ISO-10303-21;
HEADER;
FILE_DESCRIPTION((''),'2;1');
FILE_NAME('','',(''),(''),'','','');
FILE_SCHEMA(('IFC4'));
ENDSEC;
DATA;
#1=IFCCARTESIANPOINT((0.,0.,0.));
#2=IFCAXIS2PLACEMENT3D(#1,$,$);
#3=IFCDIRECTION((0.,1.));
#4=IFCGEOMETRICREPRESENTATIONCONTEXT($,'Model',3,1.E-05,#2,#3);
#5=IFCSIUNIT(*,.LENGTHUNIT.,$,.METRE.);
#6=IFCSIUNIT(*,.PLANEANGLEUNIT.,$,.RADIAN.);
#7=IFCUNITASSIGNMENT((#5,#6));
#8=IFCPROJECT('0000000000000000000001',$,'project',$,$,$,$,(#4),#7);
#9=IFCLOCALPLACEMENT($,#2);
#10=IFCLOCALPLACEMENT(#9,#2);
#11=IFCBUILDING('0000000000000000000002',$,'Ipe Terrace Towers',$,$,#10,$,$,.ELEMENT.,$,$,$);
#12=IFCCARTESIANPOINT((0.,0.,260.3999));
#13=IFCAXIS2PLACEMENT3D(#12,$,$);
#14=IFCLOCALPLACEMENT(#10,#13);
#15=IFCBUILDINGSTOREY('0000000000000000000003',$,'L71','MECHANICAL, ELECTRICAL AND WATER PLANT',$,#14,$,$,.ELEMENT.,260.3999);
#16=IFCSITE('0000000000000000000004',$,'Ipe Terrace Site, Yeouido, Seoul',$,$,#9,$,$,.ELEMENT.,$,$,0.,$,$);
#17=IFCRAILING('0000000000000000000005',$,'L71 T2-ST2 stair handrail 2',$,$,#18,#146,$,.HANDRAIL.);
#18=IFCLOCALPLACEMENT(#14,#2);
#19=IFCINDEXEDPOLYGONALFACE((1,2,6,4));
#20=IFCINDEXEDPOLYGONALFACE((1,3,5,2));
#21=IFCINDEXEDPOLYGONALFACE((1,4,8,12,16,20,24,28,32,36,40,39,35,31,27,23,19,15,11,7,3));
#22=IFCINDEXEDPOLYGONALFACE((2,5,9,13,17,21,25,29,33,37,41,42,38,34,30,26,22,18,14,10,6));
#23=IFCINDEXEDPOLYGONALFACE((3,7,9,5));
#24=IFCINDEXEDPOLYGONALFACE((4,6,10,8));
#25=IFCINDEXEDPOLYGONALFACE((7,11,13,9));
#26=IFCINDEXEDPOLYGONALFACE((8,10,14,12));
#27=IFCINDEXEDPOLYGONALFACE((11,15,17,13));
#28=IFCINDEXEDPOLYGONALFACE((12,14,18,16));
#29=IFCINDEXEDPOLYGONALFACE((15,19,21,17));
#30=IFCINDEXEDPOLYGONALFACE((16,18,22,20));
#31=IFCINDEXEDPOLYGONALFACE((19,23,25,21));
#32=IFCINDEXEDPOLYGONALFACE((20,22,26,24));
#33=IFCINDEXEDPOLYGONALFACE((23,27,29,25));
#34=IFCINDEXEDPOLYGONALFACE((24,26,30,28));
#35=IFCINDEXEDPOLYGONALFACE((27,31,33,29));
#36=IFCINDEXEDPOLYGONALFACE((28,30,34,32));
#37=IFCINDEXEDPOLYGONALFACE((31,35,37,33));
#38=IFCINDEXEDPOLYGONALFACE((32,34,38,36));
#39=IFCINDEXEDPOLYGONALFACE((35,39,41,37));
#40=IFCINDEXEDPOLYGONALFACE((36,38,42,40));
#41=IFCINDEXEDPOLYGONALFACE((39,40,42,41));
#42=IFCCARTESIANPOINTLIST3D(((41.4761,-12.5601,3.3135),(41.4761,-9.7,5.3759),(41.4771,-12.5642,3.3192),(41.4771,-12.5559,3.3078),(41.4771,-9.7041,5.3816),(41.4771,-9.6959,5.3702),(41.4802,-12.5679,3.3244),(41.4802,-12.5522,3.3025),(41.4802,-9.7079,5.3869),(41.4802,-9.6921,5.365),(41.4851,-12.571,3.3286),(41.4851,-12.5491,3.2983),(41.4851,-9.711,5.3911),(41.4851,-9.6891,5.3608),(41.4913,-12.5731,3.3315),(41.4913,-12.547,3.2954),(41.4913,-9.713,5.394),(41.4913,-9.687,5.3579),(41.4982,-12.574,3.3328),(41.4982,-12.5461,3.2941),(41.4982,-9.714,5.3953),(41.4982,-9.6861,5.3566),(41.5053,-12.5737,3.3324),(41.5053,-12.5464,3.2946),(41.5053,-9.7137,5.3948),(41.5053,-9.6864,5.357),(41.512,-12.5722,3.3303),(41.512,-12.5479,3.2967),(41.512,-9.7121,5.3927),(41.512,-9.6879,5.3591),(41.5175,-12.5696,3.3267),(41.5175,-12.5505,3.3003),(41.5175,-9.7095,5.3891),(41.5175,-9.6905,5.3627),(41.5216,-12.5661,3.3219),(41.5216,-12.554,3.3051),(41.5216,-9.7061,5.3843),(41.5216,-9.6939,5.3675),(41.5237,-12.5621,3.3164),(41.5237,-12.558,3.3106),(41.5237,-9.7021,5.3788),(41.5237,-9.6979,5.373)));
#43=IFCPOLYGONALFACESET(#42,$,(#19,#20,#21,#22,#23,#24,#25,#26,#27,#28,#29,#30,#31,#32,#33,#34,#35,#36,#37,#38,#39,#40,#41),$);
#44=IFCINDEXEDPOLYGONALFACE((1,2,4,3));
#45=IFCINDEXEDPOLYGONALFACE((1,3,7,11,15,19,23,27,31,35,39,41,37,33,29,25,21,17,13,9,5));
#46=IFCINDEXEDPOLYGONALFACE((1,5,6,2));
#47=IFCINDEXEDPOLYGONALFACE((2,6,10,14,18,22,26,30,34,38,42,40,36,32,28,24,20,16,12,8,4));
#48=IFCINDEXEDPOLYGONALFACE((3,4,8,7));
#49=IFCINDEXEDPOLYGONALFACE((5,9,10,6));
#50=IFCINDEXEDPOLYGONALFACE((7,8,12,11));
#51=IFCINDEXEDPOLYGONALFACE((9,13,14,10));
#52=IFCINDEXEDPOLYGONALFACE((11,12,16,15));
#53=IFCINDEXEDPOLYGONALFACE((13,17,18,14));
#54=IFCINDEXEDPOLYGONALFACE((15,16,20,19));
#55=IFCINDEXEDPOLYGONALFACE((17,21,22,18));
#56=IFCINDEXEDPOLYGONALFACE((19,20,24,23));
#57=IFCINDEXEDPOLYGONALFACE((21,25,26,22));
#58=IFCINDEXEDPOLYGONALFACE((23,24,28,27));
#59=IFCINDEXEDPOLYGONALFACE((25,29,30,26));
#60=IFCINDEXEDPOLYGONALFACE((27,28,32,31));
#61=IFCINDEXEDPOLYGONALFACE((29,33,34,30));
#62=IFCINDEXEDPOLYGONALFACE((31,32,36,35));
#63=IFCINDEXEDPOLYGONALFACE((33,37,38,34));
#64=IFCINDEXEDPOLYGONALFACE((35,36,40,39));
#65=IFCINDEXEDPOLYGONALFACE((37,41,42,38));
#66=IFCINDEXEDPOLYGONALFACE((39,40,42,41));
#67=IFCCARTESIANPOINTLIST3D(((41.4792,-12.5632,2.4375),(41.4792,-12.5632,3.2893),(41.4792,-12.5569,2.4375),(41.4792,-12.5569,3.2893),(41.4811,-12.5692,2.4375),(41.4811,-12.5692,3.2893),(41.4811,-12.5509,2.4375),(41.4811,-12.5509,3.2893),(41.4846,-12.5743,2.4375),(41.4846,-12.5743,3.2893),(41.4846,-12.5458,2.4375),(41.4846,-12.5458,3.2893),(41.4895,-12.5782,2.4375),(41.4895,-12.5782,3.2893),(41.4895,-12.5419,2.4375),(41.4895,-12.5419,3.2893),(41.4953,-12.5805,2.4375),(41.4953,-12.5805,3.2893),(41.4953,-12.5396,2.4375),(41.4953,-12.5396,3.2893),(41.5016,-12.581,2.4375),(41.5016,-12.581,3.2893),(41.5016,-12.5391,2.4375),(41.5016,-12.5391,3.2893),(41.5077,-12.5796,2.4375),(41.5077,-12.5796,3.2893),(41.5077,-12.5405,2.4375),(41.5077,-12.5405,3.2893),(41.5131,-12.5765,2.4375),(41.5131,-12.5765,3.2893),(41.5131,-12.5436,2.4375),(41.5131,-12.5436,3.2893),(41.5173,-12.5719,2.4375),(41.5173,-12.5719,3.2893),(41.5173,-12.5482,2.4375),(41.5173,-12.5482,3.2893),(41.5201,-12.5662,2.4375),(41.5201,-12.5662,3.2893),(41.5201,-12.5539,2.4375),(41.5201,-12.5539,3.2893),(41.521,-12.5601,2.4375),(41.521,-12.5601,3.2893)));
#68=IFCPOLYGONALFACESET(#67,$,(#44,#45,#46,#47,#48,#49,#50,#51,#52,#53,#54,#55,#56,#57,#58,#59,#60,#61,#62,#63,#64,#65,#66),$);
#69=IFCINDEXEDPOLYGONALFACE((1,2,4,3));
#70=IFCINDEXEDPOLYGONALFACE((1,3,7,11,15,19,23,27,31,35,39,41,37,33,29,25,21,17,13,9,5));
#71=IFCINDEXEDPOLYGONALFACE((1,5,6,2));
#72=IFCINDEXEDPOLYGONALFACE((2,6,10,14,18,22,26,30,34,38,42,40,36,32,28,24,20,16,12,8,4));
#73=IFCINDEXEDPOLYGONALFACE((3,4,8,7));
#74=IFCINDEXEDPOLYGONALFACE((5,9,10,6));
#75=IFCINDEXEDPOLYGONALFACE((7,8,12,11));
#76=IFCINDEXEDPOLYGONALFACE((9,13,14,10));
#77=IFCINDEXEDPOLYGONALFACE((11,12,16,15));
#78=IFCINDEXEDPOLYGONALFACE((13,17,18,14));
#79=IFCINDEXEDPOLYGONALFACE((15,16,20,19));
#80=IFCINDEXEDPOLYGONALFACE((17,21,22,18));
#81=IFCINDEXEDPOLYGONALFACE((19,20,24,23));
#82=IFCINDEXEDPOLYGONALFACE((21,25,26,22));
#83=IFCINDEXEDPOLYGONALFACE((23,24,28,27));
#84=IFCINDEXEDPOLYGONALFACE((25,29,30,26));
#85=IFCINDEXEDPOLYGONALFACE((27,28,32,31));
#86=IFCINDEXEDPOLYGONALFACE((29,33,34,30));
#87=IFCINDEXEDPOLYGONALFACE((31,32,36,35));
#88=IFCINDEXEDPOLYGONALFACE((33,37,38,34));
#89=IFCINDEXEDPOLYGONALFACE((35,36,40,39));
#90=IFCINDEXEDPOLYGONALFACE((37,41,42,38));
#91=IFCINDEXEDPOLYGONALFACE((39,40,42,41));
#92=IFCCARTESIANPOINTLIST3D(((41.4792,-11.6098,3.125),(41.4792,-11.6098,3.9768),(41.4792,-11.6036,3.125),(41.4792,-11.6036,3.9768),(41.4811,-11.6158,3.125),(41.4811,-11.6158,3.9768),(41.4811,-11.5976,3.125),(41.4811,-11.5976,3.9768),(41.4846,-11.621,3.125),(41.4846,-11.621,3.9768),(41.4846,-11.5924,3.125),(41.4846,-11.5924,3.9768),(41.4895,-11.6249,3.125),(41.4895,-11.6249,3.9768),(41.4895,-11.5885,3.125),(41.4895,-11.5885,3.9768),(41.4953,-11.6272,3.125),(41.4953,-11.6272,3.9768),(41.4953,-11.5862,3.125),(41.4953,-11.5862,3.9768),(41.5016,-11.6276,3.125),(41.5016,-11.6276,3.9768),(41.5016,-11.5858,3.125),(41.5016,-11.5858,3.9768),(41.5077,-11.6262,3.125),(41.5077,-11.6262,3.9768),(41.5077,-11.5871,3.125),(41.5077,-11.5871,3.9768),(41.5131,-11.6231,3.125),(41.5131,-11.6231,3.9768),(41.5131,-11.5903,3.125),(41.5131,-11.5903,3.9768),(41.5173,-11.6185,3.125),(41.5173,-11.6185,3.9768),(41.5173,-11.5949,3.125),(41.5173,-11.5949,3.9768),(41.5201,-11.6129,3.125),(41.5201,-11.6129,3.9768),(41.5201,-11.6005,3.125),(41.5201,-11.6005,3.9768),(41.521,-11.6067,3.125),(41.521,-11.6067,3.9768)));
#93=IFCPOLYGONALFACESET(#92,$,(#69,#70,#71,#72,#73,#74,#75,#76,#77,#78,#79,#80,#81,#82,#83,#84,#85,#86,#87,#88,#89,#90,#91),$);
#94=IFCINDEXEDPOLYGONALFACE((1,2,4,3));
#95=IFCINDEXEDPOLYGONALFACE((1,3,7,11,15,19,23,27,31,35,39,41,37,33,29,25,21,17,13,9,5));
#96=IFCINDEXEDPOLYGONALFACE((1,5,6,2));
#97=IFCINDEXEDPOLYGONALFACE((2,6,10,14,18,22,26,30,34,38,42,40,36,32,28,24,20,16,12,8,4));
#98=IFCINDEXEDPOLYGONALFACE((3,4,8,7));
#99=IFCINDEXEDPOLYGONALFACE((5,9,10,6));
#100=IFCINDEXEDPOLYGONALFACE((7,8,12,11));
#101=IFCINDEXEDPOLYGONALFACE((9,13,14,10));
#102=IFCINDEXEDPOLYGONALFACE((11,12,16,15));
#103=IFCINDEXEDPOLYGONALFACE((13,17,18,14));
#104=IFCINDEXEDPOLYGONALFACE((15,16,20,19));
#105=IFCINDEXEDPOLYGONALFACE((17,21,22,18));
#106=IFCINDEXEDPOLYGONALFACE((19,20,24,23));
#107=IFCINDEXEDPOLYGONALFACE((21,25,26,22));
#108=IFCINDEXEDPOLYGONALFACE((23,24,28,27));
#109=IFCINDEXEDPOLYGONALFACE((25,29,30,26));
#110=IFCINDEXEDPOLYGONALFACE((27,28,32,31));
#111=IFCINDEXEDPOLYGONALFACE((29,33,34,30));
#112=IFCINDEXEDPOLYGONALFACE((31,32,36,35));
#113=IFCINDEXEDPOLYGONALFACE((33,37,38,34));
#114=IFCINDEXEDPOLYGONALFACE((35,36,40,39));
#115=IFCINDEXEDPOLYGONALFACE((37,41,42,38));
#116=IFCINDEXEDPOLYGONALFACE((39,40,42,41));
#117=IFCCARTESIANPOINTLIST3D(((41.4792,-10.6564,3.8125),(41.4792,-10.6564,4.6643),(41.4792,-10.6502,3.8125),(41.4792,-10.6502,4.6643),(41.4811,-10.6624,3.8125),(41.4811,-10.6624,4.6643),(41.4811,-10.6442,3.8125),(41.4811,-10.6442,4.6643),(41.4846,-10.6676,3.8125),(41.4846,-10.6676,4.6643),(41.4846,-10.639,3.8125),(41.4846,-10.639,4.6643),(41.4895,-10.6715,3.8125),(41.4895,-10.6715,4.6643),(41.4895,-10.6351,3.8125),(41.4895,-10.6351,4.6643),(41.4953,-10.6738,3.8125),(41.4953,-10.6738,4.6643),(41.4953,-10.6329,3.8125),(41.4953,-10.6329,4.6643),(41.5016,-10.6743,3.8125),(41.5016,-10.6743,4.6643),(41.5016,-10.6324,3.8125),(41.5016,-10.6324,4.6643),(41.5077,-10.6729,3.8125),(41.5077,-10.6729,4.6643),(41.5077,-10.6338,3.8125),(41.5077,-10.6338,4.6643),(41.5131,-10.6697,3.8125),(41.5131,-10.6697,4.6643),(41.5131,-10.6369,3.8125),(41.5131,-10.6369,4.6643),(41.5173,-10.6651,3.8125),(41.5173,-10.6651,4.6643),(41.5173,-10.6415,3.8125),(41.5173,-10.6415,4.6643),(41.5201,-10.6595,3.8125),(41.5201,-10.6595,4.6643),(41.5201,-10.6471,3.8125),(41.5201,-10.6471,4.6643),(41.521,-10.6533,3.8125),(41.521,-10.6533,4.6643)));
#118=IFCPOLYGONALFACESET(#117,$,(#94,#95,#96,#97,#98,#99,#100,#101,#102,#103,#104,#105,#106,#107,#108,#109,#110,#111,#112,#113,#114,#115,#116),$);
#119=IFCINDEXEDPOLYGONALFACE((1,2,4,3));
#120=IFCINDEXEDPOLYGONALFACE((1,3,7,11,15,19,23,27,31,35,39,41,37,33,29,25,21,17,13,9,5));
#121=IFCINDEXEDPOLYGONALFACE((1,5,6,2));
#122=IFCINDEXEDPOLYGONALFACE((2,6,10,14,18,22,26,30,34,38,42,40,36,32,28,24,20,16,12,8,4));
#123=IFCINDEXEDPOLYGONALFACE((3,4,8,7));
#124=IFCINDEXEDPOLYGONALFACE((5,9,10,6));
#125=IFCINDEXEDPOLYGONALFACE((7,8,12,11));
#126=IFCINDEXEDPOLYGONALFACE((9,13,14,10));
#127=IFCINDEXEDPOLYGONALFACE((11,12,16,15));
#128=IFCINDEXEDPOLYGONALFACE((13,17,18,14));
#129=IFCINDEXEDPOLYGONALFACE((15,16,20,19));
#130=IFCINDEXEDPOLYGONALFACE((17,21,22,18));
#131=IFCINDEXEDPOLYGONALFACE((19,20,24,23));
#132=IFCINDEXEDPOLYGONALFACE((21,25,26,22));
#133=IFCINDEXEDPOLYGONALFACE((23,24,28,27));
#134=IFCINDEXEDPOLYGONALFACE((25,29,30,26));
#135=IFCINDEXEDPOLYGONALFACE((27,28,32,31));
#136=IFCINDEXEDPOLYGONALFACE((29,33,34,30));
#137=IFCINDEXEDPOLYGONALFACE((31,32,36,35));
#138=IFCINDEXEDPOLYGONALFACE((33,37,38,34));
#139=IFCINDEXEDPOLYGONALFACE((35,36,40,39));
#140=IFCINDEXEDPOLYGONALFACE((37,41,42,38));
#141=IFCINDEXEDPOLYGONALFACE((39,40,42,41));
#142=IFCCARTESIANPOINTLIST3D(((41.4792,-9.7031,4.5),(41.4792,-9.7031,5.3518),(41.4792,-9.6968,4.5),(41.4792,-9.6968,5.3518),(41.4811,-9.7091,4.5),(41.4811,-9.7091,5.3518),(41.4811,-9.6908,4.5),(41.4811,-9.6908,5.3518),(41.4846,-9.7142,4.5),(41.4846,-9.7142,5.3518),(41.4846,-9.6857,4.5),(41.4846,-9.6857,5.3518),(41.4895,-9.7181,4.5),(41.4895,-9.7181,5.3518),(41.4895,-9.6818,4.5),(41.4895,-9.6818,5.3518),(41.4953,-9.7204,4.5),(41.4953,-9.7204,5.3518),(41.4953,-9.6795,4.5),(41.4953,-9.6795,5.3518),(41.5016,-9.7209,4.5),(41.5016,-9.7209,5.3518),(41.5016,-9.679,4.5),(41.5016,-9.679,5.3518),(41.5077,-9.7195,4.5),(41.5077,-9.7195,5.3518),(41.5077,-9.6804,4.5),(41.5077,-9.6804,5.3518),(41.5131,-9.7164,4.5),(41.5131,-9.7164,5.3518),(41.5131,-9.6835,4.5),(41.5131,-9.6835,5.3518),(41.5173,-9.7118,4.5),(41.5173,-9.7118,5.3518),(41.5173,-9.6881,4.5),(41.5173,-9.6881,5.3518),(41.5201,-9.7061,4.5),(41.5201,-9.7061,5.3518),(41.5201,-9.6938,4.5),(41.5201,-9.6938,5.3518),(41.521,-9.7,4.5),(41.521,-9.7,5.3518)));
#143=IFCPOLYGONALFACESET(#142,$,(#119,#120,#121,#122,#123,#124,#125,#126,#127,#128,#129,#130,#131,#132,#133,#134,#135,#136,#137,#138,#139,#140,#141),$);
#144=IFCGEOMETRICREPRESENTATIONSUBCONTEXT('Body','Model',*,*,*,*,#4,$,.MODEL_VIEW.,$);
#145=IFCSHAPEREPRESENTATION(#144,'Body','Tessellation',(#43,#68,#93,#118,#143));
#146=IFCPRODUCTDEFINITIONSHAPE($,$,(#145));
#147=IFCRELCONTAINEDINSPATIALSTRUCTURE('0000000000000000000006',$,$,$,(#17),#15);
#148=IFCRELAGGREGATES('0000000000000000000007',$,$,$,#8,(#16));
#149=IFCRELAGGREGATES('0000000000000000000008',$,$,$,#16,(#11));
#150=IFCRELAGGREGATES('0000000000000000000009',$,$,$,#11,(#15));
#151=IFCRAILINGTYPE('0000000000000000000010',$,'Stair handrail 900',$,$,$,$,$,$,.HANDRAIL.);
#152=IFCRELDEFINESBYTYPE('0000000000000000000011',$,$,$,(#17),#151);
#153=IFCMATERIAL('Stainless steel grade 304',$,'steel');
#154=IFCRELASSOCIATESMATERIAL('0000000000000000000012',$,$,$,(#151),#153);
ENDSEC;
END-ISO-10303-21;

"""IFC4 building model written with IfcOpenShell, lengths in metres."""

from ifc_helpers import new_model, si_unit, direction, frame, origin, origin_2d, place, context, subcontext, project, spatial, circle, extrude, material, type_object, element, save


model = new_model("IFC4")

# Units and contexts
model_context = context("Model", 3, precision=1e-05, world=origin(), true_north=direction((0.0, 1.0)))
body_context = subcontext(model_context, "Body", "Model", "MODEL_VIEW")
ifc_project = project(units=[si_unit("LENGTHUNIT", "METRE"), si_unit("PLANEANGLEUNIT", "RADIAN")], contexts=[model_context])

# Site, building, storey
site_placement = place(None, origin())
site = spatial("IfcSite", under=ifc_project, at=site_placement, Name="Ipe Terrace Site, Yeouido, Seoul", CompositionType="ELEMENT", RefElevation=0.0)
building_placement = place(site_placement, origin())
building = spatial("IfcBuilding", under=site, at=building_placement, Name="Ipe Terrace Towers", CompositionType="ELEMENT")
storey_placement = place(building_placement, frame((0.0, 0.0, 260.3999)))
storey = spatial("IfcBuildingStorey", under=building, at=storey_placement, Name="L71", Description="MECHANICAL, ELECTRICAL AND WATER PLANT", CompositionType="ELEMENT", Elevation=260.3999)

# Railing
ifc_material_1 = material(Name="Stainless steel grade 304", Category="steel")
railing_type_1 = type_object("IfcRailingType", Name="Stair handrail 900", PredefinedType="HANDRAIL", material=ifc_material_1)
railing_1_placement = place(storey_placement, frame((41.5, -12.5601, 2.4375)))
element("IfcRailing", 1, at=railing_1_placement, inside=storey, type_object=railing_type_1, Name="L71 T2-ST2 stair handrail 2", PredefinedType="HANDRAIL", context=body_context, shape_type="SweptSolid", body=[
    extrude(circle(Radius=0.0239, at=origin_2d()), frame((0.0, 0.0, 0.876), z_axis=(0.0, 0.811101, 0.584906), x_axis=(-1.0, 0.0, 0.0)), (0.0, 0.0, 1.0), 3.5261),
    extrude(circle(Radius=0.021, at=origin_2d()), origin(), (0.0, 0.0, 1.0), 0.8518),
    extrude(circle(Radius=0.021, at=origin_2d()), frame((0.0, 0.9534, 0.6875)), (0.0, 0.0, 1.0), 0.8518),
    extrude(circle(Radius=0.021, at=origin_2d()), frame((0.0, 1.9067, 1.375)), (0.0, 0.0, 1.0), 0.8518),
    extrude(circle(Radius=0.021, at=origin_2d()), frame((0.0, 2.8601, 2.0625)), (0.0, 0.0, 1.0), 0.8518),
])

save(model, "model.ifc")
